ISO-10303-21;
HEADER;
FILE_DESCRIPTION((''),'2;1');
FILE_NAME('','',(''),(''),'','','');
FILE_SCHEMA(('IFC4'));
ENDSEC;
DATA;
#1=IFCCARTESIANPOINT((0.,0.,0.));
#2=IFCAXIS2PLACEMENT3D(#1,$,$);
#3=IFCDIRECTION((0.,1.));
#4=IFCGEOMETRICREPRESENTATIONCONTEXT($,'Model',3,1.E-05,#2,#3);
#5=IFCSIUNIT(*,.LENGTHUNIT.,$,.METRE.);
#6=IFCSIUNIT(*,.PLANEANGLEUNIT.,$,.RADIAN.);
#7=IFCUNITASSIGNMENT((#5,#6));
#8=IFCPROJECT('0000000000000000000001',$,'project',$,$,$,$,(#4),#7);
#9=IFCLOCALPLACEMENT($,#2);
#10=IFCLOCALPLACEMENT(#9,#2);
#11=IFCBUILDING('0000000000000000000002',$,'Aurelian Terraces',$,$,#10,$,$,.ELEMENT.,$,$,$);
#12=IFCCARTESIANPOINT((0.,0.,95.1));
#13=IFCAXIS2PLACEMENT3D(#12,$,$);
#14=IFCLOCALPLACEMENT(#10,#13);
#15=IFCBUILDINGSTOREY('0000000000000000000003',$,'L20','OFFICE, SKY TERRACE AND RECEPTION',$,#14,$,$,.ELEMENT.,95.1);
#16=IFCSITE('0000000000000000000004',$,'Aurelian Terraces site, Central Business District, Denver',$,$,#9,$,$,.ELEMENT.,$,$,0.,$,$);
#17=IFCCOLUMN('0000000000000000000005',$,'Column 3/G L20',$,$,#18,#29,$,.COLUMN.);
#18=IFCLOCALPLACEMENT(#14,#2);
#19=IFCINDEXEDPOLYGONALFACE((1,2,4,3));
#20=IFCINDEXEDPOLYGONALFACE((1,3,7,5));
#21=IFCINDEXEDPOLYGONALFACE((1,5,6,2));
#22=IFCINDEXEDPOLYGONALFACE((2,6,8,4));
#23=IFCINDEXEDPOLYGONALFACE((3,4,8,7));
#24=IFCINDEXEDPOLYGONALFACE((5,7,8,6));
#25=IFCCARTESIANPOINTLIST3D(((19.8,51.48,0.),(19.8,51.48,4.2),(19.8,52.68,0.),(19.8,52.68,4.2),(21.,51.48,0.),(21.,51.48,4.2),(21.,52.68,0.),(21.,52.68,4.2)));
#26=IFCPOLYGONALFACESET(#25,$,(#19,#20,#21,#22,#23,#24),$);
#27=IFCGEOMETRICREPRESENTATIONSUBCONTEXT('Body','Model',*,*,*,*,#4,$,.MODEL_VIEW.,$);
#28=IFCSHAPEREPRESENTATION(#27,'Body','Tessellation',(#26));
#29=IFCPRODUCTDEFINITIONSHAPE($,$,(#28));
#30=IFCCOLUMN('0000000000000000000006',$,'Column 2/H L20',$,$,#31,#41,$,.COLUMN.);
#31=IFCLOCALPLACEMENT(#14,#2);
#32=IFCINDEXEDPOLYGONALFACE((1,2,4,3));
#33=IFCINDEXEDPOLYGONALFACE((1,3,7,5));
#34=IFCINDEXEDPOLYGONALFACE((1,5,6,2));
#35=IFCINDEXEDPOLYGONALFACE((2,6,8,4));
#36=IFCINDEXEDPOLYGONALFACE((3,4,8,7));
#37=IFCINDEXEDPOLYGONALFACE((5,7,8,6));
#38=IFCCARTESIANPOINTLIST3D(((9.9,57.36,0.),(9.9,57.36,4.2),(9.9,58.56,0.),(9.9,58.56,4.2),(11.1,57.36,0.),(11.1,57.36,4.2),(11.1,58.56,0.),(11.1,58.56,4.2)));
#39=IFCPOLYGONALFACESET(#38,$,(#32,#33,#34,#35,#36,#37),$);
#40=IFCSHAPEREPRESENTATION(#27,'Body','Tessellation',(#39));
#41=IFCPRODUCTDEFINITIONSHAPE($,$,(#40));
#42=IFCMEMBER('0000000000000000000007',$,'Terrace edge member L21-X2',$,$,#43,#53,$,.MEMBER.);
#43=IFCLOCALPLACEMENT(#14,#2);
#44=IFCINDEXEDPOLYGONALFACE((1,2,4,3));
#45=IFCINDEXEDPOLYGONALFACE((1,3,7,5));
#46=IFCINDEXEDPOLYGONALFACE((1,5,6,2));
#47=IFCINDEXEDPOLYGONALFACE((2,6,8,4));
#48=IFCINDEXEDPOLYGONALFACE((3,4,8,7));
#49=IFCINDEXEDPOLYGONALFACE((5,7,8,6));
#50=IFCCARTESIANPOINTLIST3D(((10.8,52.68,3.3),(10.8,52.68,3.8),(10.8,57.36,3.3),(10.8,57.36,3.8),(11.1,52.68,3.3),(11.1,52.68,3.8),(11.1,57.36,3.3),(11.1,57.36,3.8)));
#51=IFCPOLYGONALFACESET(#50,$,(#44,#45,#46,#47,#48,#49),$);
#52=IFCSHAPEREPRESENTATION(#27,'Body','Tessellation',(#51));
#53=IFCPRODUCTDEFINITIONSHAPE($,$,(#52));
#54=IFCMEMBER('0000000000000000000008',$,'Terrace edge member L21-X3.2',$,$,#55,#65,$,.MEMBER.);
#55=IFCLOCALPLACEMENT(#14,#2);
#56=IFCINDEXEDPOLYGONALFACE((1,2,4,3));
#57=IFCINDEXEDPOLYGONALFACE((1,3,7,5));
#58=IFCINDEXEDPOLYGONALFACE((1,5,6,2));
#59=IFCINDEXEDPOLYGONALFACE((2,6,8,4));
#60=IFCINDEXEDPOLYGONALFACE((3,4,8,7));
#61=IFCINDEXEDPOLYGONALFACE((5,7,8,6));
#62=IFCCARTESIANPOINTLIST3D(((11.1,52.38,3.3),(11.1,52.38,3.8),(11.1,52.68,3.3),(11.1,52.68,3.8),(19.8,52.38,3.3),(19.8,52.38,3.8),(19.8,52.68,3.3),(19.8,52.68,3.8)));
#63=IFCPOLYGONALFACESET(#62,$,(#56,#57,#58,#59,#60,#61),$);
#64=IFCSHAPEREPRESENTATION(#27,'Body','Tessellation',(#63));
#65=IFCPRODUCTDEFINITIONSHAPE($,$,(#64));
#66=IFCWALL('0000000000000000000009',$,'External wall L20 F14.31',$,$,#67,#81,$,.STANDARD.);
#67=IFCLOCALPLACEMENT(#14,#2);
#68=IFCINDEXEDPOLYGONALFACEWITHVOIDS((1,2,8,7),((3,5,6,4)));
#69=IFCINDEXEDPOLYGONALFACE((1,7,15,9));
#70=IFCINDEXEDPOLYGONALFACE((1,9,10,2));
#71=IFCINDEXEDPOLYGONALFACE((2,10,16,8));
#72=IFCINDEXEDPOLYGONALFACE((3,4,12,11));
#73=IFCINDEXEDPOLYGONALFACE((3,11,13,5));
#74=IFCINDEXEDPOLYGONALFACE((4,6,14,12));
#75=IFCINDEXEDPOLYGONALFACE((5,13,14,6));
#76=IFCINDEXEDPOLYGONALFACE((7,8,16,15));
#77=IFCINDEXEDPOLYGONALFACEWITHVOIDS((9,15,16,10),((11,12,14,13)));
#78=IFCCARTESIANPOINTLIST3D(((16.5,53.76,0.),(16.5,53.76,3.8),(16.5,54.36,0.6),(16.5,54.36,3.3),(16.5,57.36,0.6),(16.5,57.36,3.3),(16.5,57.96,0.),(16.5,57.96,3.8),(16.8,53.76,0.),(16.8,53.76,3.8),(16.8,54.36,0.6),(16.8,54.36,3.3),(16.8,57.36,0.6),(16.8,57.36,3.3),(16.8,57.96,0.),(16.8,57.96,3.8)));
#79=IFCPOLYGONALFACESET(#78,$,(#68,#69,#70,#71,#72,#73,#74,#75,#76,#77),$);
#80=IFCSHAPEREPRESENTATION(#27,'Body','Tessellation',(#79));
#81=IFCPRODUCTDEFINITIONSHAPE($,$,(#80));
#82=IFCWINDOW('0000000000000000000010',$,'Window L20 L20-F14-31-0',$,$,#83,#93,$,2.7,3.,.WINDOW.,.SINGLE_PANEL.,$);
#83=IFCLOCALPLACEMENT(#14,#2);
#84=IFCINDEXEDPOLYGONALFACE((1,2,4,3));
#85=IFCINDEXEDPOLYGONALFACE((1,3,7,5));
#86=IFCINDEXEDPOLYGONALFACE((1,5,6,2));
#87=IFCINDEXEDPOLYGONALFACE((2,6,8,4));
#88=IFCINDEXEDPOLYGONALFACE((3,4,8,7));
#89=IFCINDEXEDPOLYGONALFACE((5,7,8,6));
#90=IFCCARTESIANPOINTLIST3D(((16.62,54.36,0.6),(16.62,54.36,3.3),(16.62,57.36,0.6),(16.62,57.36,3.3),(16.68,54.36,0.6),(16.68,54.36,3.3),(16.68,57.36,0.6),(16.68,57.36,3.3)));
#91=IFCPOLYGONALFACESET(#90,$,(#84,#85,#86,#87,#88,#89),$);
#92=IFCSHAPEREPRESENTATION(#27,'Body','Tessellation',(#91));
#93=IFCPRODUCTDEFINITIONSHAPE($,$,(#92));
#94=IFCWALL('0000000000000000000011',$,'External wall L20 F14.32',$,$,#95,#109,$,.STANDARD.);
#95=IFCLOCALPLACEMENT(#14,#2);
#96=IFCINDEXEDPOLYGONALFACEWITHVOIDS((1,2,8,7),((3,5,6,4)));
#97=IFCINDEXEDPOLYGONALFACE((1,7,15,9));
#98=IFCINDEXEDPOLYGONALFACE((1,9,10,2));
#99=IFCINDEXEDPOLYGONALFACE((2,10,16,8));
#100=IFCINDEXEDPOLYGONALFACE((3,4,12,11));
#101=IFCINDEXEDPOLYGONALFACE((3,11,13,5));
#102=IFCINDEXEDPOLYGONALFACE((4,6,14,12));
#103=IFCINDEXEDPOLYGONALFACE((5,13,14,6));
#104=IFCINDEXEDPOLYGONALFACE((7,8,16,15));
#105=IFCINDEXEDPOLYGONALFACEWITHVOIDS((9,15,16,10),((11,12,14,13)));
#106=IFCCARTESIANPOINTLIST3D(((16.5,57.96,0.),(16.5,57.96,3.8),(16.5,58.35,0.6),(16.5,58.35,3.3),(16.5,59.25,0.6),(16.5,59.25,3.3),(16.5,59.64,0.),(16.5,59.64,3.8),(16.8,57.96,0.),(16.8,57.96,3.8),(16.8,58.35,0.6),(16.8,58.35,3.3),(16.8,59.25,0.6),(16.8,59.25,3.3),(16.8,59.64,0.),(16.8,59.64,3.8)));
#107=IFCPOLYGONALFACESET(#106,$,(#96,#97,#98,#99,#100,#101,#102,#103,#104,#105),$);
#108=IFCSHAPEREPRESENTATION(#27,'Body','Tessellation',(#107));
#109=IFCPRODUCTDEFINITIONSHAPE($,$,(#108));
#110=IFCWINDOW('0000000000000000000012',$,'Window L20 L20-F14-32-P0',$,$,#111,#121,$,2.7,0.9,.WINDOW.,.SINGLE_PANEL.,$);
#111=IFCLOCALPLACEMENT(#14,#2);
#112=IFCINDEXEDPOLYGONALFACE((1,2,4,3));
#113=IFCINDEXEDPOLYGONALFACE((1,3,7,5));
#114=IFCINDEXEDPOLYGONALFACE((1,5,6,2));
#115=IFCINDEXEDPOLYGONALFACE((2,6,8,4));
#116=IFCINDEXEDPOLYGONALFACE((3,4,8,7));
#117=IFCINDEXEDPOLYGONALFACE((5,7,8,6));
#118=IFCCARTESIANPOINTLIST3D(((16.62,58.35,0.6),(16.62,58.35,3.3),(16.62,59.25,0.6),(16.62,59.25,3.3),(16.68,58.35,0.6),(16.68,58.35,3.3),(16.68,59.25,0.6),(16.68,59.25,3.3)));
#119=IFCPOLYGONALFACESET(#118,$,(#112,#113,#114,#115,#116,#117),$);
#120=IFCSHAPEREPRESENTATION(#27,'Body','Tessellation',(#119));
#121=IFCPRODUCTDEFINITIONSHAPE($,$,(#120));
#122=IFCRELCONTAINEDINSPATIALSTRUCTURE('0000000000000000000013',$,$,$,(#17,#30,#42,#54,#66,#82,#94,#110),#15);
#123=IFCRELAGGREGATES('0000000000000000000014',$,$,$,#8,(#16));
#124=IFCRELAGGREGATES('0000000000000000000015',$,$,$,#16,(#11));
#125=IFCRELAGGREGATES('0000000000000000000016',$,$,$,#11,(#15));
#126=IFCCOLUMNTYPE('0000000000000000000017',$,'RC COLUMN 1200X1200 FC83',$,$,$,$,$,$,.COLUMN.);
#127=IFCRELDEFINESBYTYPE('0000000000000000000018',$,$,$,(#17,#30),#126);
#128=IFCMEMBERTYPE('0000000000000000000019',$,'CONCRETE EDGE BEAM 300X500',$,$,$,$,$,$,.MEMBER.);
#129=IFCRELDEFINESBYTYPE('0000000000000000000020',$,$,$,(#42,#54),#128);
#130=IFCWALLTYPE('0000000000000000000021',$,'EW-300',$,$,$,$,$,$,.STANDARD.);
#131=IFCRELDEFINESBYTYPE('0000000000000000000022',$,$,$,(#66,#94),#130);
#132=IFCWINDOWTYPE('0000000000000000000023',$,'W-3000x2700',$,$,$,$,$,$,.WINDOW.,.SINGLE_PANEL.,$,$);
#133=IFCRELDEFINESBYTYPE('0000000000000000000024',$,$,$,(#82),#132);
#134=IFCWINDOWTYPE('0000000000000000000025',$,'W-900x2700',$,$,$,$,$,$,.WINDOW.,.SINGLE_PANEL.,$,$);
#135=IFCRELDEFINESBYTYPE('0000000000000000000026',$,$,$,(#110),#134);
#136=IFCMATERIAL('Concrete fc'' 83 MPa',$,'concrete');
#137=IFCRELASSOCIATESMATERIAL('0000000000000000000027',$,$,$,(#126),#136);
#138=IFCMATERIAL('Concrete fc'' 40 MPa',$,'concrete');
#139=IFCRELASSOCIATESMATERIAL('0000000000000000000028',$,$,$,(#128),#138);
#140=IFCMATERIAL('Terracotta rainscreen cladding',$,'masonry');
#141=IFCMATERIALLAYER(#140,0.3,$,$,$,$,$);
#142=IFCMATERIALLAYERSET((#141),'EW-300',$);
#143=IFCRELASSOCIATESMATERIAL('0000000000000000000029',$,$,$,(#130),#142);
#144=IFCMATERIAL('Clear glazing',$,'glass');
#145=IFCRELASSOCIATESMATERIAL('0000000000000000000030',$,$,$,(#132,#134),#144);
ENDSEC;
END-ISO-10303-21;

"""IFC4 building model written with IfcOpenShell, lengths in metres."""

from ifc_helpers import new_model, si_unit, direction, frame, frame_2d, origin, origin_2d, place, context, subcontext, project, spatial, rectangle, extrude, source, transform, mapped, material, layer, layer_set, material_profile, profile_set, type_object, element, fill, save


model = new_model("IFC4")

# Units and contexts
model_context = context("Model", 3, precision=1e-05, world=origin(), true_north=direction((0.0, 1.0)))
body_context = subcontext(model_context, "Body", "Model", "MODEL_VIEW")
ifc_project = project(units=[si_unit("LENGTHUNIT", "METRE"), si_unit("PLANEANGLEUNIT", "RADIAN")], contexts=[model_context])

# Site, building, storey
site_placement = place(None, origin())
site = spatial("IfcSite", under=ifc_project, at=site_placement, Name="Aurelian Terraces site, Central Business District, Denver", CompositionType="ELEMENT", RefElevation=0.0)
building_placement = place(site_placement, origin())
building = spatial("IfcBuilding", under=site, at=building_placement, Name="Aurelian Terraces", CompositionType="ELEMENT")
storey_placement = place(building_placement, frame((0.0, 0.0, 95.1)))
storey = spatial("IfcBuildingStorey", under=building, at=storey_placement, Name="L20", Description="OFFICE, SKY TERRACE AND RECEPTION", CompositionType="ELEMENT", Elevation=95.1)

# Columns
ifc_material_1 = material(Name="Concrete fc' 83 MPa", Category="concrete")
ifc_material_profile_1 = material_profile(ifc_material_1, rectangle(XDim=1.2, YDim=1.2, at=origin_2d()))
ifc_profile_set_1 = profile_set([ifc_material_profile_1], Name="Concrete fc' 83 MPa")
column_type = type_object("IfcColumnType", Name="RC COLUMN 1200X1200 FC83", PredefinedType="COLUMN", material=ifc_profile_set_1)
shared_shape_1 = source(origin(), body_context, "Body", "SweptSolid", [
    extrude(rectangle(XDim=1.2, YDim=1.2, at=origin_2d()), origin(), (0.0, 0.0, 1.0), 4.2),
])
for number, where, z_axis, x_axis, name in (
    (1, (20.4, 52.08, 0.0), (0.0, 0.0, 1.0), (1.0, 0.0, 0.0), "Column 3/G L20"),
    (2, (10.5, 57.96, 0.0), (0.0, 0.0, 1.0), (1.0, 0.0, 0.0), "Column 2/H L20"),
):
    element("IfcColumn", number, at=place(storey_placement, frame(where, z_axis=z_axis, x_axis=x_axis)), inside=storey, type_object=column_type, Name=name, PredefinedType="COLUMN", context=body_context, shape_type="MappedRepresentation", body=[
        mapped(shared_shape_1, transform((0.0, 0.0, 0.0), scale=1.0)),
    ])

# Members
ifc_material_2 = material(Name="Concrete fc' 40 MPa", Category="concrete")
ifc_material_profile_2 = material_profile(ifc_material_2, rectangle(XDim=0.3, YDim=0.5, at=origin_2d()))
ifc_profile_set_2 = profile_set([ifc_material_profile_2], Name="Concrete fc' 40 MPa")
member_type = type_object("IfcMemberType", Name="CONCRETE EDGE BEAM 300X500", PredefinedType="MEMBER", material=ifc_profile_set_2)
shared_shape_2 = source(origin(), body_context, "Body", "SweptSolid", [
    extrude(rectangle(XDim=0.3, YDim=0.5, at=origin_2d()), origin(), (0.0, 0.0, 1.0), 4.68),
])
member_1_placement = place(storey_placement, frame((10.95, 57.36, 3.55), z_axis=(0.0, -1.0, 0.0), x_axis=(1.0, 0.0, 0.0)))
element("IfcMember", 3, at=member_1_placement, inside=storey, type_object=member_type, Name="Terrace edge member L21-X2", PredefinedType="MEMBER", context=body_context, shape_type="MappedRepresentation", body=[
    mapped(shared_shape_2, transform((0.0, 0.0, 0.0), scale=1.0)),
])
shared_shape_3 = source(origin(), body_context, "Body", "SweptSolid", [
    extrude(rectangle(XDim=0.3, YDim=0.5, at=origin_2d()), origin(), (0.0, 0.0, 1.0), 8.7),
])
member_2_placement = place(storey_placement, frame((19.8, 52.53, 3.55), z_axis=(-1.0, 0.0, 0.0), x_axis=(0.0, -1.0, 0.0)))
element("IfcMember", 4, at=member_2_placement, inside=storey, type_object=member_type, Name="Terrace edge member L21-X3.2", PredefinedType="MEMBER", context=body_context, shape_type="MappedRepresentation", body=[
    mapped(shared_shape_3, transform((0.0, 0.0, 0.0), scale=1.0)),
])

# Walls, openings, windows
ifc_material_3 = material(Name="Terracotta rainscreen cladding", Category="masonry")
ifc_layer_1 = layer(ifc_material_3, 0.3)
ifc_layer_set_1 = layer_set([ifc_layer_1], Name="EW-300")
wall_type_1 = type_object("IfcWallType", Name="EW-300", PredefinedType="STANDARD", material=ifc_layer_set_1)
shared_shape_4 = source(origin(), body_context, "Body", "SweptSolid", [
    extrude(rectangle(XDim=4.2, YDim=0.3, at=frame_2d((2.1, 0.0))), origin(), (0.0, 0.0, 1.0), 3.8),
])
wall_1_placement = place(storey_placement, frame((16.65, 53.76, 0.0), z_axis=(0.0, 0.0, 1.0), x_axis=(0.0, 1.0, 0.0)))
wall_1 = element("IfcWall", 5, at=wall_1_placement, inside=storey, type_object=wall_type_1, Name="External wall L20 F14.31", PredefinedType="STANDARD", context=body_context, shape_type="MappedRepresentation", body=[
    mapped(shared_shape_4, transform((0.0, 0.0, 0.0), scale=1.0)),
])
shared_shape_5 = source(origin(), body_context, "Body", "SweptSolid", [
    extrude(rectangle(XDim=3.0, YDim=2.7, at=frame_2d((1.5, 1.35))), frame((0.0, 0.16, 0.0), z_axis=(0.0, -1.0, 0.0), x_axis=(1.0, 0.0, 0.0)), (0.0, 0.0, 1.0), 0.32),
])
opening_1_placement = place(wall_1_placement, frame((0.6, 0.0, 0.6)))
opening_1 = element("IfcOpeningElement", 6, at=opening_1_placement, cuts=wall_1, PredefinedType="OPENING", context=body_context, shape_type="MappedRepresentation", body=[
    mapped(shared_shape_5, transform((0.0, 0.0, 0.0), scale=1.0)),
])
ifc_material_4 = material(Name="Clear glazing", Category="glass")
window_type_1 = type_object("IfcWindowType", Name="W-3000x2700", PartitioningType="SINGLE_PANEL", PredefinedType="WINDOW", material=ifc_material_4)
shared_shape_6 = source(origin(), body_context, "Body", "SweptSolid", [
    extrude(rectangle(XDim=3.0, YDim=2.7, at=frame_2d((1.5, 1.35))), frame((0.0, 0.03, 0.0), z_axis=(0.0, -1.0, 0.0), x_axis=(1.0, 0.0, 0.0)), (0.0, 0.0, 1.0), 0.06),
])
window_1_placement = place(opening_1_placement, origin())
window_1 = element("IfcWindow", 7, at=window_1_placement, inside=storey, type_object=window_type_1, Name="Window L20 L20-F14-31-0", OverallHeight=2.7, OverallWidth=3.0, PartitioningType="SINGLE_PANEL", PredefinedType="WINDOW", context=body_context, shape_type="MappedRepresentation", body=[
    mapped(shared_shape_6, transform((0.0, 0.0, 0.0), scale=1.0)),
])
fill(opening_1, window_1)
shared_shape_7 = source(origin(), body_context, "Body", "SweptSolid", [
    extrude(rectangle(XDim=1.68, YDim=0.3, at=frame_2d((0.84, 0.0))), origin(), (0.0, 0.0, 1.0), 3.8),
])
wall_2_placement = place(storey_placement, frame((16.65, 57.96, 0.0), z_axis=(0.0, 0.0, 1.0), x_axis=(0.0, 1.0, 0.0)))
wall_2 = element("IfcWall", 8, at=wall_2_placement, inside=storey, type_object=wall_type_1, Name="External wall L20 F14.32", PredefinedType="STANDARD", context=body_context, shape_type="MappedRepresentation", body=[
    mapped(shared_shape_7, transform((0.0, 0.0, 0.0), scale=1.0)),
])
shared_shape_8 = source(origin(), body_context, "Body", "SweptSolid", [
    extrude(rectangle(XDim=0.9, YDim=2.7, at=frame_2d((0.45, 1.35))), frame((0.0, 0.16, 0.0), z_axis=(0.0, -1.0, 0.0), x_axis=(1.0, 0.0, 0.0)), (0.0, 0.0, 1.0), 0.32),
])
opening_2_placement = place(wall_2_placement, frame((0.39, 0.0, 0.6)))
opening_2 = element("IfcOpeningElement", 9, at=opening_2_placement, cuts=wall_2, PredefinedType="OPENING", context=body_context, shape_type="MappedRepresentation", body=[
    mapped(shared_shape_8, transform((0.0, 0.0, 0.0), scale=1.0)),
])
window_type_2 = type_object("IfcWindowType", Name="W-900x2700", PartitioningType="SINGLE_PANEL", PredefinedType="WINDOW", material=ifc_material_4)
shared_shape_9 = source(origin(), body_context, "Body", "SweptSolid", [
    extrude(rectangle(XDim=0.9, YDim=2.7, at=frame_2d((0.45, 1.35))), frame((0.0, 0.03, 0.0), z_axis=(0.0, -1.0, 0.0), x_axis=(1.0, 0.0, 0.0)), (0.0, 0.0, 1.0), 0.06),
])
window_2_placement = place(opening_2_placement, origin())
window_2 = element("IfcWindow", 10, at=window_2_placement, inside=storey, type_object=window_type_2, Name="Window L20 L20-F14-32-P0", OverallHeight=2.7, OverallWidth=0.9, PartitioningType="SINGLE_PANEL", PredefinedType="WINDOW", context=body_context, shape_type="MappedRepresentation", body=[
    mapped(shared_shape_9, transform((0.0, 0.0, 0.0), scale=1.0)),
])
fill(opening_2, window_2)

save(model, "model.ifc")
